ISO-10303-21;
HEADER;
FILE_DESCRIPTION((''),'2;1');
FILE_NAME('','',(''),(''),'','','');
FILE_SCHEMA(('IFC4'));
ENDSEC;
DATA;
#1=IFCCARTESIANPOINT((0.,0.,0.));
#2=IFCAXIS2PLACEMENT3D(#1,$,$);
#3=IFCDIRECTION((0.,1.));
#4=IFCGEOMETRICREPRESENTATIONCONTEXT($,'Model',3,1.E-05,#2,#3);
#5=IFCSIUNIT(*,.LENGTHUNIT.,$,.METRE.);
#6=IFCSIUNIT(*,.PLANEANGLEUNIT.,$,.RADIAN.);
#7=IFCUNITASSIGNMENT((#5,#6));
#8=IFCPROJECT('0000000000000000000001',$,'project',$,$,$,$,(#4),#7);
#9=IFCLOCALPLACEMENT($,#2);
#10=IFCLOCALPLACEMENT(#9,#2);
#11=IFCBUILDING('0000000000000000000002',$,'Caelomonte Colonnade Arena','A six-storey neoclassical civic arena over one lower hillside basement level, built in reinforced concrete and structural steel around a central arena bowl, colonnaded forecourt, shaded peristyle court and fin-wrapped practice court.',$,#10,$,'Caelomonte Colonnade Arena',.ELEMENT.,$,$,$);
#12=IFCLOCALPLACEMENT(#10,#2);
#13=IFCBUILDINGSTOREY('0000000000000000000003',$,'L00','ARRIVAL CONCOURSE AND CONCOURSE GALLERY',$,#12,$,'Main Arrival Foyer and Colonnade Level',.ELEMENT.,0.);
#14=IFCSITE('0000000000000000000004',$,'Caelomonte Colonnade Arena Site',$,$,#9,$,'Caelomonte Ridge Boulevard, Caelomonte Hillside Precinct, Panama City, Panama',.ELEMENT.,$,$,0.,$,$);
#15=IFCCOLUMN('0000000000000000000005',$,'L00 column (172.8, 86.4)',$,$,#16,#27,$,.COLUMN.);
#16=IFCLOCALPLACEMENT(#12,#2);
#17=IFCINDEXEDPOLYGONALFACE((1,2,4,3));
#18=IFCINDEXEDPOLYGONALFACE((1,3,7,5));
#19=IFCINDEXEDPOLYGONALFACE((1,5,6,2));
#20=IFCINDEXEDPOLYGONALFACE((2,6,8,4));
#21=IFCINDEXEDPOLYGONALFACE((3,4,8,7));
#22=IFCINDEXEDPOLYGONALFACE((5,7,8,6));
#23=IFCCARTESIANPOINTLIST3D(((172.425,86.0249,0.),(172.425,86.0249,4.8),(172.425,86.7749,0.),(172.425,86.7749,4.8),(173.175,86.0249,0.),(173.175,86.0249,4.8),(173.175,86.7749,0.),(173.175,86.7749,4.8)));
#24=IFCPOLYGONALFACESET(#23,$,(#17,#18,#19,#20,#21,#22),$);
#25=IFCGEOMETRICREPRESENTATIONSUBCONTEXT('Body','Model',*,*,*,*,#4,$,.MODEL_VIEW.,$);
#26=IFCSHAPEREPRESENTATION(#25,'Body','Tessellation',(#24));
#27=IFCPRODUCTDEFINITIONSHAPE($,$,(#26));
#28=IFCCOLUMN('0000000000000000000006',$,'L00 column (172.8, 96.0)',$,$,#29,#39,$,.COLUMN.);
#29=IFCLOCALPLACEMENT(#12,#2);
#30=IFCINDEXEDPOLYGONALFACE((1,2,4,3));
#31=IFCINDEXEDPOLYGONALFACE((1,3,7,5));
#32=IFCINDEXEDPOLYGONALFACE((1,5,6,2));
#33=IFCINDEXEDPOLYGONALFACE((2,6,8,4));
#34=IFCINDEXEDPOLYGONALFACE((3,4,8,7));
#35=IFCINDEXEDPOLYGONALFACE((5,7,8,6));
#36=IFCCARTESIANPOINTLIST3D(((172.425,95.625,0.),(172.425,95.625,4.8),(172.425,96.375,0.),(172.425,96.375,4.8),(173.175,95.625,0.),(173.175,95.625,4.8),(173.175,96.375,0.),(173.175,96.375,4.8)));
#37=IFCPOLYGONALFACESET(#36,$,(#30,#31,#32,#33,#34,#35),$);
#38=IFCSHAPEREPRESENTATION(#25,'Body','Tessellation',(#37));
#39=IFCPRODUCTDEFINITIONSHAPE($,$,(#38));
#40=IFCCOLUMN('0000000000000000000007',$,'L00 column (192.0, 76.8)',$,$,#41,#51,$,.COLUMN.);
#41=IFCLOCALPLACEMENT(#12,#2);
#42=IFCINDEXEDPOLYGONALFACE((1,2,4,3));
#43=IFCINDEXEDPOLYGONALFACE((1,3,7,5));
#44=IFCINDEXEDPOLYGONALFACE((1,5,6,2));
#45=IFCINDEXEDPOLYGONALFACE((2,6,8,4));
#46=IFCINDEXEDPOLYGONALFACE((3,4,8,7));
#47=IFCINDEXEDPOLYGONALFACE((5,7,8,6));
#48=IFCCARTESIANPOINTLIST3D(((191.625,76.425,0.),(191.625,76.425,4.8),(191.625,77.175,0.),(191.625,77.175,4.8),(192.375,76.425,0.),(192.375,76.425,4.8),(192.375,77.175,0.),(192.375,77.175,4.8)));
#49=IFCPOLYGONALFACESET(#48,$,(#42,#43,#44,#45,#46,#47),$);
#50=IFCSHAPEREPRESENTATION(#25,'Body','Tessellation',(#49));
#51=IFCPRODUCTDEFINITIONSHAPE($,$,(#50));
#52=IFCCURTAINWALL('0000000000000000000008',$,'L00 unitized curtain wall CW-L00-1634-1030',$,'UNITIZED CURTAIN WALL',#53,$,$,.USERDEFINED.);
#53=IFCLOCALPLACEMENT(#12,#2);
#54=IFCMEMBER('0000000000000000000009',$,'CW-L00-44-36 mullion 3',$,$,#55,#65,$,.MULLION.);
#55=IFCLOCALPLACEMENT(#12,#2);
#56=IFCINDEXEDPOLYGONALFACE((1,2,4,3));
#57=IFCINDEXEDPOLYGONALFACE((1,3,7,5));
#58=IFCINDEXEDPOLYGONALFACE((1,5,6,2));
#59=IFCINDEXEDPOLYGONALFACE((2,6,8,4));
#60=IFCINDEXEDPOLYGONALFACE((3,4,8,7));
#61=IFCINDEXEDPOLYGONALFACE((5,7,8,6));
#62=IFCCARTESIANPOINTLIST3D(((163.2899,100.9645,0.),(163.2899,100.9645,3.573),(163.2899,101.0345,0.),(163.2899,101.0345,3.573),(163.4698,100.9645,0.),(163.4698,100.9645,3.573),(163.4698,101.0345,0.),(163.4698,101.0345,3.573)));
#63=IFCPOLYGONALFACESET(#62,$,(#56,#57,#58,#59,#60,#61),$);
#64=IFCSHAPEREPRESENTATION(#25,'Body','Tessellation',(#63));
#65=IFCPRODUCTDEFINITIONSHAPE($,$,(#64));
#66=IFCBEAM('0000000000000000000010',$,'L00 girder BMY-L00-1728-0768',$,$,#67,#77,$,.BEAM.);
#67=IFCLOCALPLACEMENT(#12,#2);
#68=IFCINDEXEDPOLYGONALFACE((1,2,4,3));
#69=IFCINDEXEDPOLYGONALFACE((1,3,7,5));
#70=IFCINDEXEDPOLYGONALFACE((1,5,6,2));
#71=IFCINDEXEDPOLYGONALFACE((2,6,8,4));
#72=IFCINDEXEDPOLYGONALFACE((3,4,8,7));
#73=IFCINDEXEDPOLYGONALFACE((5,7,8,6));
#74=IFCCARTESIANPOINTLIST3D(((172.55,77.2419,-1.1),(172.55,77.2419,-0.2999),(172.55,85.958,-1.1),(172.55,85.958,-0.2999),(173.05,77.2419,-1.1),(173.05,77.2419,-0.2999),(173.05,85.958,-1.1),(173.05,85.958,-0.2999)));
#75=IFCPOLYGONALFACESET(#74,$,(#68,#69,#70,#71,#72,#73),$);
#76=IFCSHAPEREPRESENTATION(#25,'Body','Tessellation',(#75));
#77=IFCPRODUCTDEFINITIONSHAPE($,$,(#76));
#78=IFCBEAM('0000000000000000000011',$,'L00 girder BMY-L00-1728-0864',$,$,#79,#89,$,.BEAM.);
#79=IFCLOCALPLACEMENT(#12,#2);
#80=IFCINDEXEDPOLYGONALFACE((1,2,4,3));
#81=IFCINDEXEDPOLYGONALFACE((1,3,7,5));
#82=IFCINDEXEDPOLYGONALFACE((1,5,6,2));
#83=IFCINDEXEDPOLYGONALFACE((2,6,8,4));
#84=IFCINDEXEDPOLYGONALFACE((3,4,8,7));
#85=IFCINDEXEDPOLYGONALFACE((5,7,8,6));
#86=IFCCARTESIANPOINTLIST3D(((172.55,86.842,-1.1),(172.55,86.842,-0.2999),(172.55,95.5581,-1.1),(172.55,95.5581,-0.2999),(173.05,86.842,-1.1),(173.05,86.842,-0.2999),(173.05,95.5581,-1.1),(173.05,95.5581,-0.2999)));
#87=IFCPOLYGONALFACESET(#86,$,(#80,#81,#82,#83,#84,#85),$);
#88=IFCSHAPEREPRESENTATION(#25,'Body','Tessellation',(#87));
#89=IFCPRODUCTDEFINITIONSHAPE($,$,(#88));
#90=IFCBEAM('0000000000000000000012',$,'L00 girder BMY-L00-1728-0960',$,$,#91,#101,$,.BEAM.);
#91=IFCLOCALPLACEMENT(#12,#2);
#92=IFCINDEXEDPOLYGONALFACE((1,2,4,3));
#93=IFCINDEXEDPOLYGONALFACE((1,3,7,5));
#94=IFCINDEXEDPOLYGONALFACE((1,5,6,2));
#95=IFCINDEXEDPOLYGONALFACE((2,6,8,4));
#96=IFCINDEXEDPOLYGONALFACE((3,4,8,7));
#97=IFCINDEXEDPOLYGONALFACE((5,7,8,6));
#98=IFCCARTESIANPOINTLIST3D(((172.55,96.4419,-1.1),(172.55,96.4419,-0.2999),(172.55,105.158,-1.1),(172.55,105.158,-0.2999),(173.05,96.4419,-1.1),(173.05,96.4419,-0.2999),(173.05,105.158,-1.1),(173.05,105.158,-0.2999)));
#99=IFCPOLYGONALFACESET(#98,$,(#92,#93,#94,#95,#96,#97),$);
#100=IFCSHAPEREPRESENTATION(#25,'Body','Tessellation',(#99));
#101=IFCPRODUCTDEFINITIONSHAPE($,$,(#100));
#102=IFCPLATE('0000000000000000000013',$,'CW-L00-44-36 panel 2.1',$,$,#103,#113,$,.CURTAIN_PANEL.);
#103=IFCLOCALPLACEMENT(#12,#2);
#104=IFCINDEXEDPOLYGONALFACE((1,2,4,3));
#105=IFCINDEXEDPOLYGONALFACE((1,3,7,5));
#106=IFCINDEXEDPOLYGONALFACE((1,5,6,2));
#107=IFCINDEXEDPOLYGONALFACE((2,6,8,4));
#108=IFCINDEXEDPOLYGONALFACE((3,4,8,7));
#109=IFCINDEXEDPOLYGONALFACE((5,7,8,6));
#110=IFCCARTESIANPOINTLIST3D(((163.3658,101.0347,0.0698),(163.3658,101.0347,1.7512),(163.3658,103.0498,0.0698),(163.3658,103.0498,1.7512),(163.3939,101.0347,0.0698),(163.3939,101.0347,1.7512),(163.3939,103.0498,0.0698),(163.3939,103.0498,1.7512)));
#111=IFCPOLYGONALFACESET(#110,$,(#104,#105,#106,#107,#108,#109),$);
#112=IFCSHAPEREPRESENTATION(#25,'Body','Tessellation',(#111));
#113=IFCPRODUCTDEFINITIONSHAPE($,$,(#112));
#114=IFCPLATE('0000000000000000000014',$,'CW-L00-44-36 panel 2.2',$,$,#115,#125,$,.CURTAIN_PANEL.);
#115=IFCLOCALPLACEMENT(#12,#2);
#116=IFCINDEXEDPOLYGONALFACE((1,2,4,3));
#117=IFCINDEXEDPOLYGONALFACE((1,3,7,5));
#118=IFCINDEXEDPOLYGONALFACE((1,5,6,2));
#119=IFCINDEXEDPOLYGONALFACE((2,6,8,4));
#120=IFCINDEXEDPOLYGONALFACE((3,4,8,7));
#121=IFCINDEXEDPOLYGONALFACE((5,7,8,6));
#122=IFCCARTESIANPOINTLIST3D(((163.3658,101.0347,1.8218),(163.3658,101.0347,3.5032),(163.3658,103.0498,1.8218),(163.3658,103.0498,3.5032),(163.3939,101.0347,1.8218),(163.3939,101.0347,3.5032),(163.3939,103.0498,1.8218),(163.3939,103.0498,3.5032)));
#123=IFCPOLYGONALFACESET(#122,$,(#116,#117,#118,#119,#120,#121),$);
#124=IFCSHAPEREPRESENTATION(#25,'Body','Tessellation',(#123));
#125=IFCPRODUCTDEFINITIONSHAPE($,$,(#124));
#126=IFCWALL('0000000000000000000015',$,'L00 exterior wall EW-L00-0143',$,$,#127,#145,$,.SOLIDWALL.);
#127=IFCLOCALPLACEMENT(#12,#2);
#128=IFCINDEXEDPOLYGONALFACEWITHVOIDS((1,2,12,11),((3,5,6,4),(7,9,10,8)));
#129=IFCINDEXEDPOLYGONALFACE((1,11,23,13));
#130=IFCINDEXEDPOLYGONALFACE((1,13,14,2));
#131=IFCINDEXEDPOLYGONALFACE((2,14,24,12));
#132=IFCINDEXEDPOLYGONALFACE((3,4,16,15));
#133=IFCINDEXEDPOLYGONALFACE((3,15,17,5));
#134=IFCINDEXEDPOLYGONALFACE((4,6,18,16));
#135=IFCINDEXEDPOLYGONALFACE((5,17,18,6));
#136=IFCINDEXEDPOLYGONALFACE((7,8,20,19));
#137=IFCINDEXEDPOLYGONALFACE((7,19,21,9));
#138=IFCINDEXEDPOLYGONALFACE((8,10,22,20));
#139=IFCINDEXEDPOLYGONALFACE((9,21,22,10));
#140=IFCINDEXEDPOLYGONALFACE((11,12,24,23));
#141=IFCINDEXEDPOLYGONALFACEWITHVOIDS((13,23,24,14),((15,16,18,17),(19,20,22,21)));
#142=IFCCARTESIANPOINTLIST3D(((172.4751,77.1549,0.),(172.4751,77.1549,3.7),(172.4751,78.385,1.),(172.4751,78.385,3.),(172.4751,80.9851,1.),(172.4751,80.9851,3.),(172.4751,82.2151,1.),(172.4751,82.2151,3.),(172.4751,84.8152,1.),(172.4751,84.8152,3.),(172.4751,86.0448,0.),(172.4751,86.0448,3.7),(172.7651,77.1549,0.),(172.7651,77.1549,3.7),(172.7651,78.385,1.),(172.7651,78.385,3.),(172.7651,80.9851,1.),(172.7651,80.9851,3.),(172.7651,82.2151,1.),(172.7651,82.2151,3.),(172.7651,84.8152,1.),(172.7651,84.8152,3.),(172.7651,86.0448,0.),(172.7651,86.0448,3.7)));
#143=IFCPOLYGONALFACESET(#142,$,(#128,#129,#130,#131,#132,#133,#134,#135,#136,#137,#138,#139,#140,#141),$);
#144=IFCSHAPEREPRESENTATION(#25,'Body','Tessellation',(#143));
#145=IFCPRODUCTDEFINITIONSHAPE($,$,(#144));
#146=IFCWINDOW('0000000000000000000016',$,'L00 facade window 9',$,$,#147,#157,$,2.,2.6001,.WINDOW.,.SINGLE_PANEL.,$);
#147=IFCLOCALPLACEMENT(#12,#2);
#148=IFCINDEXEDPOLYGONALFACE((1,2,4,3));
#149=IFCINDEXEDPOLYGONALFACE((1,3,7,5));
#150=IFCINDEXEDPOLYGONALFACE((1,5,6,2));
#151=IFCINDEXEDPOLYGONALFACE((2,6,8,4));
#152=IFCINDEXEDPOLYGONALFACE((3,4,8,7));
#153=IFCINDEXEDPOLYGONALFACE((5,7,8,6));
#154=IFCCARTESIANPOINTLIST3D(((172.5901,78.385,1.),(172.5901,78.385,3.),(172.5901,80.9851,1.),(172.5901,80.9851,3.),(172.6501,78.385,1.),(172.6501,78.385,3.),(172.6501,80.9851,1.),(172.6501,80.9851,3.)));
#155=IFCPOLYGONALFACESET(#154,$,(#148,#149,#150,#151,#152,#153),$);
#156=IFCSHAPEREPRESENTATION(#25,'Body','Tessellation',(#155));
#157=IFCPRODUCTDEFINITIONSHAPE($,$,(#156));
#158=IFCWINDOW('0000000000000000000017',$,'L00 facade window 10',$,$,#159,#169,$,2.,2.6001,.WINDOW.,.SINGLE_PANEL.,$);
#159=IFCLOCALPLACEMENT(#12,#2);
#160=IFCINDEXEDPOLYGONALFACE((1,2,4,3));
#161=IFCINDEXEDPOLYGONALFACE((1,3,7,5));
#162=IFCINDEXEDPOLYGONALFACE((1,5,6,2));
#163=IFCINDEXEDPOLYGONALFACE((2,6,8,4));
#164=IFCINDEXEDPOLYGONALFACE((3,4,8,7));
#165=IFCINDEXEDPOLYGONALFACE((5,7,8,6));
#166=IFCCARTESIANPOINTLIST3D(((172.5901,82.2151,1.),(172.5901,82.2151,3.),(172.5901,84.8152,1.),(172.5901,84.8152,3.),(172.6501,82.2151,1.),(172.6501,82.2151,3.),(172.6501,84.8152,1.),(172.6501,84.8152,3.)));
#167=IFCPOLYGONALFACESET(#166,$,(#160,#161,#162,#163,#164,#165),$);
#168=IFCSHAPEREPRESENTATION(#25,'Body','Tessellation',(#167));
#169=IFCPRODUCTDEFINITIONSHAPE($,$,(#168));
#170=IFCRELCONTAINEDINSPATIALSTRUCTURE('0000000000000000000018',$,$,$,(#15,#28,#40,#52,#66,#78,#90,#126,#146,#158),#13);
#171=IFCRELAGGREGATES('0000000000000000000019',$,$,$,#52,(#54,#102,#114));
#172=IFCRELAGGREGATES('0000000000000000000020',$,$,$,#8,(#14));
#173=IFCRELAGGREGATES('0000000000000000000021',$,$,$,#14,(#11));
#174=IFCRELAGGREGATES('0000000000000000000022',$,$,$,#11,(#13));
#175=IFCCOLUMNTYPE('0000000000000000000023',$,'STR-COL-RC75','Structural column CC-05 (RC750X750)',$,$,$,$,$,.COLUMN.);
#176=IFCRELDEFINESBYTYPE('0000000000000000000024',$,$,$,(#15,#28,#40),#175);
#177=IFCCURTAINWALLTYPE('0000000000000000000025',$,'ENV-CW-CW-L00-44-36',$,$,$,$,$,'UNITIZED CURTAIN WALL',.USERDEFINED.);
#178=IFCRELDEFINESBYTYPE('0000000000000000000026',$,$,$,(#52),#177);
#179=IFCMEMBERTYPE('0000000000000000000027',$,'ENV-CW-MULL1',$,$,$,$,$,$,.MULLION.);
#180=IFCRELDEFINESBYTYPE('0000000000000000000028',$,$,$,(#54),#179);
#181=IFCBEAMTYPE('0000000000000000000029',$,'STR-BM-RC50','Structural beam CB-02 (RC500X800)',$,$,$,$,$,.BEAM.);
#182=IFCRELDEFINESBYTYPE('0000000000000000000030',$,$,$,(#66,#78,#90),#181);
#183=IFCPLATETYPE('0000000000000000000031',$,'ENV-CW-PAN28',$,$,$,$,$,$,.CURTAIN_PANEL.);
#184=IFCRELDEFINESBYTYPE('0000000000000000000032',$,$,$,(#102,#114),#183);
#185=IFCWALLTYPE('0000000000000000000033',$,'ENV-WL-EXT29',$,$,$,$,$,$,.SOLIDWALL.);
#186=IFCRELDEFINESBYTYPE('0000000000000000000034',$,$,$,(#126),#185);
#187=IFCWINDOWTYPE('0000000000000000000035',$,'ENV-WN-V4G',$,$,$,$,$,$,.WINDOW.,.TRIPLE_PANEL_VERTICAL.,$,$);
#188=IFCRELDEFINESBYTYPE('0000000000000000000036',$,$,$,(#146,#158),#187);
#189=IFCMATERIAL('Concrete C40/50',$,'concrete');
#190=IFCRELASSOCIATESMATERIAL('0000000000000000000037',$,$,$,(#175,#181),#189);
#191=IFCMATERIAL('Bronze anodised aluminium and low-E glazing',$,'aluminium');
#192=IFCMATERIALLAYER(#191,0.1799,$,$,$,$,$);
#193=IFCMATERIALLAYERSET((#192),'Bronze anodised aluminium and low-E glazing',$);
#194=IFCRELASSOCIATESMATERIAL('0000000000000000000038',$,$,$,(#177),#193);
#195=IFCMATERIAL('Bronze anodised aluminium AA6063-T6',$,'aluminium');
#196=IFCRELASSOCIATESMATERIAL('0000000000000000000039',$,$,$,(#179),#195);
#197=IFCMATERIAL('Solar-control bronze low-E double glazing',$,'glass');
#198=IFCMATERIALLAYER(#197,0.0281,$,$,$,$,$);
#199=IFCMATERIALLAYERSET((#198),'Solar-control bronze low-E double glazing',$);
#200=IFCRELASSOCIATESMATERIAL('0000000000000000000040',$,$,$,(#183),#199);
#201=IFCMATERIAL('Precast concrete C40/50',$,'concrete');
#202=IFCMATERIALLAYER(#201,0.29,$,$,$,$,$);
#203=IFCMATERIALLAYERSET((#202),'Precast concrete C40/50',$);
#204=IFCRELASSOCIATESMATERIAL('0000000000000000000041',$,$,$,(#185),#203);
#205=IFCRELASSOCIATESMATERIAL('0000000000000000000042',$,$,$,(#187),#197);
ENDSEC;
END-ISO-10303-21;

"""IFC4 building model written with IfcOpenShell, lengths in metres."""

from ifc_helpers import new_model, si_unit, direction, frame, frame_2d, origin, origin_2d, place, context, subcontext, project, spatial, rectangle, extrude, material, layer, layer_set, material_profile, profile_set, type_object, element, fill, aggregate, save


model = new_model("IFC4")

# Units and contexts
model_context = context("Model", 3, precision=1e-05, world=origin(), true_north=direction((0.0, 1.0)))
body_context = subcontext(model_context, "Body", "Model", "MODEL_VIEW")
ifc_project = project(units=[si_unit("LENGTHUNIT", "METRE"), si_unit("PLANEANGLEUNIT", "RADIAN")], contexts=[model_context])

# Site, building, storey
site_placement = place(None, origin())
site = spatial("IfcSite", under=ifc_project, at=site_placement, Name="Caelomonte Colonnade Arena Site", LongName="Caelomonte Ridge Boulevard, Caelomonte Hillside Precinct, Panama City, Panama", CompositionType="ELEMENT", RefElevation=0.0)
building_placement = place(site_placement, origin())
building = spatial("IfcBuilding", under=site, at=building_placement, Name="Caelomonte Colonnade Arena", Description="A six-storey neoclassical civic arena over one lower hillside basement level, built in reinforced concrete and structural steel around a central arena bowl, colonnaded forecourt, shaded peristyle court and fin-wrapped practice court.", LongName="Caelomonte Colonnade Arena", CompositionType="ELEMENT")
storey_placement = place(building_placement, origin())
storey = spatial("IfcBuildingStorey", under=building, at=storey_placement, Name="L00", Description="ARRIVAL CONCOURSE AND CONCOURSE GALLERY", LongName="Main Arrival Foyer and Colonnade Level", CompositionType="ELEMENT", Elevation=0.0)

# Columns
ifc_material_1 = material(Name="Concrete C40/50", Category="concrete")
ifc_material_profile_1 = material_profile(ifc_material_1, rectangle(XDim=0.75, YDim=0.75, at=origin_2d()), Name="RC750X750")
ifc_profile_set_1 = profile_set([ifc_material_profile_1], Name="Concrete C40/50")
column_type = type_object("IfcColumnType", Name="STR-COL-RC75", Description="Structural column CC-05 (RC750X750)", PredefinedType="COLUMN", material=ifc_profile_set_1)
for number, where, z_axis, x_axis, name in (
    (1, (172.8, 86.3999, 0.0), (0.0, 0.0, 1.0), (1.0, 0.0, 0.0), "L00 column (172.8, 86.4)"),
    (2, (172.8, 96.0, 0.0), (0.0, 0.0, 1.0), (1.0, 0.0, 0.0), "L00 column (172.8, 96.0)"),
    (3, (192.0, 76.8, 0.0), (0.0, 0.0, 1.0), (1.0, 0.0, 0.0), "L00 column (192.0, 76.8)"),
):
    element("IfcColumn", number, at=place(storey_placement, frame(where, z_axis=z_axis, x_axis=x_axis)), inside=storey, type_object=column_type, Name=name, PredefinedType="COLUMN", context=body_context, shape_type="SweptSolid", body=[
        extrude(rectangle(XDim=0.75, YDim=0.75, at=origin_2d()), origin(), (0.0, 0.0, 1.0), 4.8),
    ])

# Curtain wall, member
ifc_material_2 = material(Name="Bronze anodised aluminium and low-E glazing", Category="aluminium")
ifc_layer_1 = layer(ifc_material_2, 0.1799)
ifc_layer_set_1 = layer_set([ifc_layer_1], Name="Bronze anodised aluminium and low-E glazing")
curtain_wall_type = type_object("IfcCurtainWallType", Name="ENV-CW-CW-L00-44-36", ElementType="UNITIZED CURTAIN WALL", PredefinedType="USERDEFINED", material=ifc_layer_set_1)
curtain_wall_placement = place(storey_placement, origin())
curtain_wall = element("IfcCurtainWall", 4, at=curtain_wall_placement, inside=storey, type_object=curtain_wall_type, Name="L00 unitized curtain wall CW-L00-1634-1030", ObjectType="UNITIZED CURTAIN WALL", PredefinedType="USERDEFINED")
ifc_material_3 = material(Name="Bronze anodised aluminium AA6063-T6", Category="aluminium")
ifc_material_profile_2 = material_profile(ifc_material_3, rectangle(XDim=0.0701, YDim=0.1799, at=origin_2d()), Name="CWM-70X180")
ifc_profile_set_2 = profile_set([ifc_material_profile_2], Name="Bronze anodised aluminium AA6063-T6")
member_type = type_object("IfcMemberType", Name="ENV-CW-MULL1", PredefinedType="MULLION", material=ifc_profile_set_2)
member_placement = place(storey_placement, frame((163.3799, 100.9995, 0.0), z_axis=(0.0, 0.0, 1.0), x_axis=(0.0, -1.0, 0.0)))
member = element("IfcMember", 5, at=member_placement, type_object=member_type, Name="CW-L00-44-36 mullion 3", PredefinedType="MULLION", context=body_context, shape_type="SweptSolid", body=[
    extrude(rectangle(XDim=0.0701, YDim=0.1799, at=origin_2d()), origin(), (0.0, 0.0, 1.0), 3.573),
])

# Beams
ifc_material_profile_3 = material_profile(ifc_material_1, rectangle(XDim=0.5, YDim=0.8, at=origin_2d()), Name="RC500X800")
ifc_profile_set_3 = profile_set([ifc_material_profile_3], Name="Concrete C40/50")
beam_type = type_object("IfcBeamType", Name="STR-BM-RC50", Description="Structural beam CB-02 (RC500X800)", PredefinedType="BEAM", material=ifc_profile_set_3)
for number, where, z_axis, x_axis, name in (
    (6, (172.8, 77.2419, -0.7), (0.0, 1.0, 0.0), (-1.0, 0.0, 0.0), "L00 girder BMY-L00-1728-0768"),
    (7, (172.8, 86.842, -0.7), (0.0, 1.0, 0.0), (-1.0, 0.0, 0.0), "L00 girder BMY-L00-1728-0864"),
    (8, (172.8, 96.4419, -0.7), (0.0, 1.0, 0.0), (-1.0, 0.0, 0.0), "L00 girder BMY-L00-1728-0960"),
):
    element("IfcBeam", number, at=place(storey_placement, frame(where, z_axis=z_axis, x_axis=x_axis)), inside=storey, type_object=beam_type, Name=name, PredefinedType="BEAM", context=body_context, shape_type="SweptSolid", body=[
        extrude(rectangle(XDim=0.5, YDim=0.8, at=origin_2d()), origin(), (0.0, 0.0, 1.0), 8.7161),
    ])

# Plates
ifc_material_4 = material(Name="Solar-control bronze low-E double glazing", Category="glass")
ifc_layer_2 = layer(ifc_material_4, 0.0281)
ifc_layer_set_2 = layer_set([ifc_layer_2], Name="Solar-control bronze low-E double glazing")
plate_type = type_object("IfcPlateType", Name="ENV-CW-PAN28", PredefinedType="CURTAIN_PANEL", material=ifc_layer_set_2)
plate_1_placement = place(storey_placement, frame((163.3799, 102.0422, 0.0698), z_axis=(0.0, 0.0, 1.0), x_axis=(0.0, -1.0, 0.0)))
plate_1 = element("IfcPlate", 9, at=plate_1_placement, type_object=plate_type, Name="CW-L00-44-36 panel 2.1", PredefinedType="CURTAIN_PANEL", context=body_context, shape_type="SweptSolid", body=[
    extrude(rectangle(XDim=2.0151, YDim=0.0281, at=origin_2d()), origin(), (0.0, 0.0, 1.0), 1.6814),
])
plate_2_placement = place(storey_placement, frame((163.3799, 102.0422, 1.8218), z_axis=(0.0, 0.0, 1.0), x_axis=(0.0, -1.0, 0.0)))
plate_2 = element("IfcPlate", 10, at=plate_2_placement, type_object=plate_type, Name="CW-L00-44-36 panel 2.2", PredefinedType="CURTAIN_PANEL", context=body_context, shape_type="SweptSolid", body=[
    extrude(rectangle(XDim=2.0151, YDim=0.0281, at=origin_2d()), origin(), (0.0, 0.0, 1.0), 1.6814),
])
aggregate(curtain_wall, [member, plate_1, plate_2])

# Wall, openings, windows
ifc_material_5 = material(Name="Precast concrete C40/50", Category="concrete")
ifc_layer_3 = layer(ifc_material_5, 0.29)
ifc_layer_set_3 = layer_set([ifc_layer_3], Name="Precast concrete C40/50")
wall_type_1 = type_object("IfcWallType", Name="ENV-WL-EXT29", PredefinedType="SOLIDWALL", material=ifc_layer_set_3)
wall_1_placement = place(storey_placement, frame((172.6201, 77.155, 0.0), z_axis=(0.0, 0.0, 1.0), x_axis=(0.0, 1.0, 0.0)))
wall_1 = element("IfcWall", 11, at=wall_1_placement, inside=storey, type_object=wall_type_1, Name="L00 exterior wall EW-L00-0143", PredefinedType="SOLIDWALL", context=body_context, shape_type="SweptSolid", body=[
    extrude(rectangle(XDim=8.8899, YDim=0.29, at=frame_2d((4.4448, 0.0))), origin(), (0.0, 0.0, 1.0), 3.7),
])
opening_1_placement = place(wall_1_placement, frame((3.8301, 0.0, 1.0), z_axis=(0.0, 0.0, 1.0), x_axis=(-1.0, 0.0, 0.0)))
opening_1 = element("IfcOpeningElement", 12, at=opening_1_placement, cuts=wall_1, PredefinedType="OPENING", context=body_context, shape_type="SweptSolid", body=[
    extrude(rectangle(XDim=2.6001, YDim=2.0, at=frame_2d((1.3, 1.0))), frame((0.0, 0.155, 0.0), z_axis=(0.0, -1.0, 0.0), x_axis=(1.0, 0.0, 0.0)), (0.0, 0.0, 1.0), 0.3101),
])
opening_2_placement = place(wall_1_placement, frame((7.6602, 0.0, 1.0), z_axis=(0.0, 0.0, 1.0), x_axis=(-1.0, 0.0, 0.0)))
opening_2 = element("IfcOpeningElement", 13, at=opening_2_placement, cuts=wall_1, PredefinedType="OPENING", context=body_context, shape_type="SweptSolid", body=[
    extrude(rectangle(XDim=2.6001, YDim=2.0, at=frame_2d((1.3, 1.0))), frame((0.0, 0.155, 0.0), z_axis=(0.0, -1.0, 0.0), x_axis=(1.0, 0.0, 0.0)), (0.0, 0.0, 1.0), 0.3101),
])
window_type = type_object("IfcWindowType", Name="ENV-WN-V4G", PartitioningType="TRIPLE_PANEL_VERTICAL", PredefinedType="WINDOW", material=ifc_material_4)
window_1_placement = place(opening_1_placement, origin())
window_1 = element("IfcWindow", 14, at=window_1_placement, inside=storey, type_object=window_type, Name="L00 facade window 9", OverallHeight=2.0, OverallWidth=2.6001, PartitioningType="SINGLE_PANEL", PredefinedType="WINDOW", context=body_context, shape_type="SweptSolid", body=[
    extrude(rectangle(XDim=2.6001, YDim=2.0, at=frame_2d((1.3, 1.0))), frame((0.0, 0.03, 0.0), z_axis=(0.0, -1.0, 0.0), x_axis=(1.0, 0.0, 0.0)), (0.0, 0.0, 1.0), 0.0601),
])
fill(opening_1, window_1)
window_2_placement = place(opening_2_placement, origin())
window_2 = element("IfcWindow", 15, at=window_2_placement, inside=storey, type_object=window_type, Name="L00 facade window 10", OverallHeight=2.0, OverallWidth=2.6001, PartitioningType="SINGLE_PANEL", PredefinedType="WINDOW", context=body_context, shape_type="SweptSolid", body=[
    extrude(rectangle(XDim=2.6001, YDim=2.0, at=frame_2d((1.3, 1.0))), frame((0.0, 0.03, 0.0), z_axis=(0.0, -1.0, 0.0), x_axis=(1.0, 0.0, 0.0)), (0.0, 0.0, 1.0), 0.0601),
])
fill(opening_2, window_2)

save(model, "model.ifc")
